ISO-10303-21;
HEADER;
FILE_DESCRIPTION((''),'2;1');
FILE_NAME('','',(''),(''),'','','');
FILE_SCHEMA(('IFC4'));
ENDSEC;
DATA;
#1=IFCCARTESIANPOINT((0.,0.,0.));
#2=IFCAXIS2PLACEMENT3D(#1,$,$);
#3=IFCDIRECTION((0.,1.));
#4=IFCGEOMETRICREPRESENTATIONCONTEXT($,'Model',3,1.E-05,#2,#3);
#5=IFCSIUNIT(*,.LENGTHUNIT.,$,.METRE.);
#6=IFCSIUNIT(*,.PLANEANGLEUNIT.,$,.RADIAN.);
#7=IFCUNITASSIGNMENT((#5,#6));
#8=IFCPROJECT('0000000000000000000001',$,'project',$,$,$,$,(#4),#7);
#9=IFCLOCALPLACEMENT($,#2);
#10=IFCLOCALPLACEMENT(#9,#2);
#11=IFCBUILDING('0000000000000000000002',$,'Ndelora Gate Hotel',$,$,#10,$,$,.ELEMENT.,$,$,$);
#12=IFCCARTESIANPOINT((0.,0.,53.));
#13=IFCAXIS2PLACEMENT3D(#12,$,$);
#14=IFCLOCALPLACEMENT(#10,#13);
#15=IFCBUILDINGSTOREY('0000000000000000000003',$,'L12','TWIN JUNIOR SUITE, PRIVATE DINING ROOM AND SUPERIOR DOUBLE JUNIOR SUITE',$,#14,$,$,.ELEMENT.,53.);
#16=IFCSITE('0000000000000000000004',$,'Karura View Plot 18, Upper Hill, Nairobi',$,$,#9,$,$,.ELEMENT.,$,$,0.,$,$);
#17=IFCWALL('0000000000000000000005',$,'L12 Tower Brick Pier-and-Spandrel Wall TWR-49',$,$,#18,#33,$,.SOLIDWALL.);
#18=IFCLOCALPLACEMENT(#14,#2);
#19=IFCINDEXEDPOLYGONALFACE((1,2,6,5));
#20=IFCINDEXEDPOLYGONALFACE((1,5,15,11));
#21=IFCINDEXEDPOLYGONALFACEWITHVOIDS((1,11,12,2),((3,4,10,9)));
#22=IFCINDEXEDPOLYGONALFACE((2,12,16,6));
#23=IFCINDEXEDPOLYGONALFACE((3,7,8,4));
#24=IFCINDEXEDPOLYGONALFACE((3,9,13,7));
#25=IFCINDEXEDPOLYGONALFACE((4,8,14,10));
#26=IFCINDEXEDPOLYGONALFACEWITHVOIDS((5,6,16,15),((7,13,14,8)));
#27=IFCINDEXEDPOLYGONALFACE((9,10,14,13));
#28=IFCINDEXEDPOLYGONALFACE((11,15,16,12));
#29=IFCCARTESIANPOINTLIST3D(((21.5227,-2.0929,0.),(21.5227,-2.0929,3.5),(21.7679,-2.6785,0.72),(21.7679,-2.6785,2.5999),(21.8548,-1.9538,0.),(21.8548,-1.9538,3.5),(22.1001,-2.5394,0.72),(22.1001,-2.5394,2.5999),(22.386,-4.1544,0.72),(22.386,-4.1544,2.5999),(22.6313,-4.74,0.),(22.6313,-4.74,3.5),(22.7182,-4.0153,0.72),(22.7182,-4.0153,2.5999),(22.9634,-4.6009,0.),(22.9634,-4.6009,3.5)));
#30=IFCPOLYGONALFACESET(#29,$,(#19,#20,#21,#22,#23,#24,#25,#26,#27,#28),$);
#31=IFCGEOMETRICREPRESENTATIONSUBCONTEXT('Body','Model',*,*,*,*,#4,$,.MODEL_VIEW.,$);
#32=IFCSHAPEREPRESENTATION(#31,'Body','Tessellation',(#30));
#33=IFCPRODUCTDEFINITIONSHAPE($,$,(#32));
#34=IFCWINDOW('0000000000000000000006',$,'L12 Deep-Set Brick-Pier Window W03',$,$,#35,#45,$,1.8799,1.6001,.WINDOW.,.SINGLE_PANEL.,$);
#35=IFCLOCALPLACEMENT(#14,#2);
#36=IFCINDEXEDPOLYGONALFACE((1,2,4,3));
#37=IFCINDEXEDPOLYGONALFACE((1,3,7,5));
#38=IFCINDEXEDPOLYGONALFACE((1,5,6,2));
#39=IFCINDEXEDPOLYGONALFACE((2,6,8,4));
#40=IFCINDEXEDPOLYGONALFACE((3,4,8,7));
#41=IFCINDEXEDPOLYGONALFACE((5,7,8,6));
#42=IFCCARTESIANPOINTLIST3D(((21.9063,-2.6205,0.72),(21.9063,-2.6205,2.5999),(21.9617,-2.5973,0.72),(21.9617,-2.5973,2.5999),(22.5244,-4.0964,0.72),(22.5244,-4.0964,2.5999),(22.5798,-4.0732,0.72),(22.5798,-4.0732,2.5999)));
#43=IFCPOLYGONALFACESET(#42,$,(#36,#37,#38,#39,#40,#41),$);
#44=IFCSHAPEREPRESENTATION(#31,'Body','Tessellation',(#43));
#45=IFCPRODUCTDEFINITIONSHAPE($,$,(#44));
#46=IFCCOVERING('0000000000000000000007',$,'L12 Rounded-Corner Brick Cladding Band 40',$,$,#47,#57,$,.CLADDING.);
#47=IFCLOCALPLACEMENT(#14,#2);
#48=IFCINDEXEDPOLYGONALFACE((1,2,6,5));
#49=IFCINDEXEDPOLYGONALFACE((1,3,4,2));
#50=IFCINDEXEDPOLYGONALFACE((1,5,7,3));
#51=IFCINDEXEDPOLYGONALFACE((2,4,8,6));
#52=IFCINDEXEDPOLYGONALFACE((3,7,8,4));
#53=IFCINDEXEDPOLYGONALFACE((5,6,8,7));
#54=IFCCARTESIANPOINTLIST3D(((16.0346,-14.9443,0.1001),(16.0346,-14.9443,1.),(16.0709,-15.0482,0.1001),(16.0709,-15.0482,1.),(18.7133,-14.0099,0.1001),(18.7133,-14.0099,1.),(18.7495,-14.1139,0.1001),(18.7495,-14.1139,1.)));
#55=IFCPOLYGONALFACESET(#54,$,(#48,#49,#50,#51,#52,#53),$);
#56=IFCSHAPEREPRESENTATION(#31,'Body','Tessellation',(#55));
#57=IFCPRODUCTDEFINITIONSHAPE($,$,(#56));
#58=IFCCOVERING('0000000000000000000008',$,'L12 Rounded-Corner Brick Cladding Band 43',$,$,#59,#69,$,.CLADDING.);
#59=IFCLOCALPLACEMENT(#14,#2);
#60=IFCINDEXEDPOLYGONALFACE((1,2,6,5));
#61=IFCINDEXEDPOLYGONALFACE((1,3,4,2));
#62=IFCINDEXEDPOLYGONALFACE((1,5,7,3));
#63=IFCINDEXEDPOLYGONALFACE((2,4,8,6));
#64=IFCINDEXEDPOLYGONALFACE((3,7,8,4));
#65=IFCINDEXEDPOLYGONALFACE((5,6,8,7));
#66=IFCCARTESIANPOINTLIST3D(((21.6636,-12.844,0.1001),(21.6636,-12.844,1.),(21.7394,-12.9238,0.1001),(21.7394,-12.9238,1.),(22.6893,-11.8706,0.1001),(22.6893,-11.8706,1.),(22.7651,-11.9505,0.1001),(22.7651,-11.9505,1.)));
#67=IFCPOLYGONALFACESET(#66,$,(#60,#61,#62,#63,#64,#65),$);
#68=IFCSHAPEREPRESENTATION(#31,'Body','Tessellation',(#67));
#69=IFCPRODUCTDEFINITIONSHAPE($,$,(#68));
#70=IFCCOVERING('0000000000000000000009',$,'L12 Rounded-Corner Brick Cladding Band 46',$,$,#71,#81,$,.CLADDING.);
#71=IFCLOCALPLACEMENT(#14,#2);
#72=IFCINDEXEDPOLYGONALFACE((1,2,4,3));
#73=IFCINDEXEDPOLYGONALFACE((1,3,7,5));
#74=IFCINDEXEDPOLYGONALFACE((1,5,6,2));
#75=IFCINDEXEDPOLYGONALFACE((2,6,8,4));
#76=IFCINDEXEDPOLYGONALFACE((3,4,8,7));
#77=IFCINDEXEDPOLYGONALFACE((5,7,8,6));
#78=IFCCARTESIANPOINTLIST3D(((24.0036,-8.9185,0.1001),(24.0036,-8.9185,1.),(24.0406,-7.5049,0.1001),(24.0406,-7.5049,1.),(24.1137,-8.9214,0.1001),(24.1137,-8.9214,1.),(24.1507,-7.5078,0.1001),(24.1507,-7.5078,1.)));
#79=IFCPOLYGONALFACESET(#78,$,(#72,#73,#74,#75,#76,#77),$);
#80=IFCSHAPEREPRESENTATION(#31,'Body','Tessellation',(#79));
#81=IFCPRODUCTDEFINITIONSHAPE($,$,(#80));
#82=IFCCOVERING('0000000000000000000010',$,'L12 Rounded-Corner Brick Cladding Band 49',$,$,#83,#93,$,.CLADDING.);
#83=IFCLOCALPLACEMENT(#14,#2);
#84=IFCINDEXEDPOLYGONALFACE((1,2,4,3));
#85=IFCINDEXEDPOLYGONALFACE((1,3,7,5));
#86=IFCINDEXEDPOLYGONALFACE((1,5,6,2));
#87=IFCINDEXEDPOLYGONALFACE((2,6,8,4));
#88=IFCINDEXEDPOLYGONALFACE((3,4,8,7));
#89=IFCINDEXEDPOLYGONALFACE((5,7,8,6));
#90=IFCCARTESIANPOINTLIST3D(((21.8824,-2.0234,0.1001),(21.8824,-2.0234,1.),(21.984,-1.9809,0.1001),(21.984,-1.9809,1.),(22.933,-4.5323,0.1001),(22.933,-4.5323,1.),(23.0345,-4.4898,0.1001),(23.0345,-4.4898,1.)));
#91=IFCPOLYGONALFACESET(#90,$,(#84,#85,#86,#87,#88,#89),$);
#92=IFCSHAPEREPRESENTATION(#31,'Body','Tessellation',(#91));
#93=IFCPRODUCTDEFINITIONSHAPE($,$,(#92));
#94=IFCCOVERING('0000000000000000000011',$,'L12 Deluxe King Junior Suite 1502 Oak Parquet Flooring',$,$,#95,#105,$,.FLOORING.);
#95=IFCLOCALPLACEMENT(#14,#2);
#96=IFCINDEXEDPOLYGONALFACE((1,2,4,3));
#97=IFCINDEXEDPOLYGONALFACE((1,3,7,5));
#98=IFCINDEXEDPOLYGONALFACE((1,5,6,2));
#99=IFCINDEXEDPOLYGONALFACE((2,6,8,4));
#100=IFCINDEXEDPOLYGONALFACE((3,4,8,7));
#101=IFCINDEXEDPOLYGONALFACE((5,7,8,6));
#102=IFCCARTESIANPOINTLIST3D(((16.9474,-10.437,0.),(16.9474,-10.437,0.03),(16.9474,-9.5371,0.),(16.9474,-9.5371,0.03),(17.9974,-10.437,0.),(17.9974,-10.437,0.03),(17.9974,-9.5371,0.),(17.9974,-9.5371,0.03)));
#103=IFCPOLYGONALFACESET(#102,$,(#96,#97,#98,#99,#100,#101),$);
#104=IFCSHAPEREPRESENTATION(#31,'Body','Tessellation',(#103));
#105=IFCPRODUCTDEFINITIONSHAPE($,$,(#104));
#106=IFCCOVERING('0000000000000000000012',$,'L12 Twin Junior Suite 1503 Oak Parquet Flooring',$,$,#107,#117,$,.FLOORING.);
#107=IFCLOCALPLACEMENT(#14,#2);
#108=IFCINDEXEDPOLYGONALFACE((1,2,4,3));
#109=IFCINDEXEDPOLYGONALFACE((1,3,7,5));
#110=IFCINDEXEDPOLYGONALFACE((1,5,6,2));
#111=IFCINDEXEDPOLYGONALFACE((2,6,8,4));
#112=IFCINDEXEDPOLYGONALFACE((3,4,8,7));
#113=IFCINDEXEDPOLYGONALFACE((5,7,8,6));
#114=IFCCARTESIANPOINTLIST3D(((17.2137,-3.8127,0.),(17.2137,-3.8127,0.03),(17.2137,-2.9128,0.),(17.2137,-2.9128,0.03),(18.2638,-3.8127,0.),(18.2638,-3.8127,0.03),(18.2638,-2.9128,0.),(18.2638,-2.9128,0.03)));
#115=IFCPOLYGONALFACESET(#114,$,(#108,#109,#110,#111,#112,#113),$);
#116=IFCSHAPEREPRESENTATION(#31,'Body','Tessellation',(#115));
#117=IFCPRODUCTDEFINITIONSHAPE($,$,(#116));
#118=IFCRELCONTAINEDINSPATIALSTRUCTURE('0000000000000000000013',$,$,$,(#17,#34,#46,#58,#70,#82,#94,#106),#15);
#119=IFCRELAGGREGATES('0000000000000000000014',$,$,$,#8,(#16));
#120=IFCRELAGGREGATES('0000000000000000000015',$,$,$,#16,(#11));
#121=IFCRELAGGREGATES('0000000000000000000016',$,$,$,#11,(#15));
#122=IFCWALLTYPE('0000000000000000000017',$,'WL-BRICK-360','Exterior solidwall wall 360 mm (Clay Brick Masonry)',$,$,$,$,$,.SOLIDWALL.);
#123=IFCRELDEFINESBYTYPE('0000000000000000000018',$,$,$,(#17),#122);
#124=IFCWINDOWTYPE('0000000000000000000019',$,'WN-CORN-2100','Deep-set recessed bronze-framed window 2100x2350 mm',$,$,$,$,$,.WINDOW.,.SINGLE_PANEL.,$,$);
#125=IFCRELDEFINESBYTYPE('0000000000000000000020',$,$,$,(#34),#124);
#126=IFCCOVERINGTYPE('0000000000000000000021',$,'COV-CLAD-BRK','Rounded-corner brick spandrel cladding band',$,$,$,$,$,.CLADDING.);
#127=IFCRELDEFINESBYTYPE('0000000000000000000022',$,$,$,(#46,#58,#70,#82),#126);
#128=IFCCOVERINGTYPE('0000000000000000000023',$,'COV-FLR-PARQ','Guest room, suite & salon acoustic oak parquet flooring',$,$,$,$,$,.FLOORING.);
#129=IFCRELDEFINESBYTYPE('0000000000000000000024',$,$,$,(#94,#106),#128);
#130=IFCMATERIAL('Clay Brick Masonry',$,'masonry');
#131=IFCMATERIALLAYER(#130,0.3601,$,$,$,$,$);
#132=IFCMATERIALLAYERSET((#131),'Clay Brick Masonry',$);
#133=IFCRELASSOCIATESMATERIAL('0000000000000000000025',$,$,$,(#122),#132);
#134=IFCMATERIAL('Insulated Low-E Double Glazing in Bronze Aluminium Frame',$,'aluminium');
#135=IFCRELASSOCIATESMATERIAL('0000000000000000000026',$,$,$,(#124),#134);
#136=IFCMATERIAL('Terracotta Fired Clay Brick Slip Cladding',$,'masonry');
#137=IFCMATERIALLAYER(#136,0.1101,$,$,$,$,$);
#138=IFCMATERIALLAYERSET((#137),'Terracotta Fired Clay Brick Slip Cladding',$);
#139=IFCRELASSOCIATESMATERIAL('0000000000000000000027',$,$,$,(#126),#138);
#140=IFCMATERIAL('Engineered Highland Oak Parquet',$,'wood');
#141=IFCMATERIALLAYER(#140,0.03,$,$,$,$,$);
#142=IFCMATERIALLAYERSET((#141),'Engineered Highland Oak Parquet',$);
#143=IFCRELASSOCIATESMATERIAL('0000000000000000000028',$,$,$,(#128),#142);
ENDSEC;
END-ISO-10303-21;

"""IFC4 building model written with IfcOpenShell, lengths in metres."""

from ifc_helpers import new_model, si_unit, direction, frame, frame_2d, origin, origin_2d, place, context, subcontext, project, spatial, rectangle, extrude, material, layer, layer_set, type_object, element, fill, save


model = new_model("IFC4")

# Units and contexts
model_context = context("Model", 3, precision=1e-05, world=origin(), true_north=direction((0.0, 1.0)))
body_context = subcontext(model_context, "Body", "Model", "MODEL_VIEW")
ifc_project = project(units=[si_unit("LENGTHUNIT", "METRE"), si_unit("PLANEANGLEUNIT", "RADIAN")], contexts=[model_context])

# Site, building, storey
site_placement = place(None, origin())
site = spatial("IfcSite", under=ifc_project, at=site_placement, Name="Karura View Plot 18, Upper Hill, Nairobi", CompositionType="ELEMENT", RefElevation=0.0)
building_placement = place(site_placement, origin())
building = spatial("IfcBuilding", under=site, at=building_placement, Name="Ndelora Gate Hotel", CompositionType="ELEMENT")
storey_placement = place(building_placement, frame((0.0, 0.0, 53.0)))
storey = spatial("IfcBuildingStorey", under=building, at=storey_placement, Name="L12", Description="TWIN JUNIOR SUITE, PRIVATE DINING ROOM AND SUPERIOR DOUBLE JUNIOR SUITE", CompositionType="ELEMENT", Elevation=53.0)

# Shared definitions
ifc_material_1 = material(Name="Clay Brick Masonry", Category="masonry")
ifc_layer_1 = layer(ifc_material_1, 0.3601)
ifc_layer_set_1 = layer_set([ifc_layer_1], Name="Clay Brick Masonry")
wall_type = type_object("IfcWallType", Name="WL-BRICK-360", Description="Exterior solidwall wall 360 mm (Clay Brick Masonry)", PredefinedType="SOLIDWALL", material=ifc_layer_set_1)
ifc_material_2 = material(Name="Insulated Low-E Double Glazing in Bronze Aluminium Frame", Category="aluminium")

# Wall, opening, window
wall_1_placement = place(storey_placement, frame((21.6887, -2.0232, 0.0), z_axis=(0.0, 0.0, 1.0), x_axis=(0.386288, -0.922378, 0.0)))
wall_1 = element("IfcWall", 1, at=wall_1_placement, inside=storey, type_object=wall_type, Name="L12 Tower Brick Pier-and-Spandrel Wall TWR-49", PredefinedType="SOLIDWALL", context=body_context, shape_type="SweptSolid", body=[
    extrude(rectangle(XDim=2.8699, YDim=0.3601, at=frame_2d((1.4351, 0.0))), origin(), (0.0, 0.0, 1.0), 3.5),
])
opening_1_placement = place(wall_1_placement, frame((0.635, 0.0, 0.72)))
opening_1 = element("IfcOpeningElement", 2, at=opening_1_placement, cuts=wall_1, PredefinedType="OPENING", context=body_context, shape_type="SweptSolid", body=[
    extrude(rectangle(XDim=1.6001, YDim=1.8799, at=frame_2d((0.8, 0.9399))), frame((0.0, 0.1899, 0.0), z_axis=(0.0, -1.0, 0.0), x_axis=(1.0, 0.0, 0.0)), (0.0, 0.0, 1.0), 0.3801),
])
window_type_1 = type_object("IfcWindowType", Name="WN-CORN-2100", Description="Deep-set recessed bronze-framed window 2100x2350 mm", PartitioningType="SINGLE_PANEL", PredefinedType="WINDOW", material=ifc_material_2)
window_1_placement = place(opening_1_placement, origin())
window_1 = element("IfcWindow", 3, at=window_1_placement, inside=storey, type_object=window_type_1, Name="L12 Deep-Set Brick-Pier Window W03", OverallHeight=1.8799, OverallWidth=1.6001, PartitioningType="SINGLE_PANEL", PredefinedType="WINDOW", context=body_context, shape_type="SweptSolid", body=[
    extrude(rectangle(XDim=1.6001, YDim=1.8799, at=frame_2d((0.8, 0.9399))), frame((0.0, 0.03, 0.0), z_axis=(0.0, -1.0, 0.0), x_axis=(1.0, 0.0, 0.0)), (0.0, 0.0, 1.0), 0.0601),
])
fill(opening_1, window_1)

# Coverings
ifc_material_3 = material(Name="Terracotta Fired Clay Brick Slip Cladding", Category="masonry")
ifc_layer_2 = layer(ifc_material_3, 0.1101)
ifc_layer_set_2 = layer_set([ifc_layer_2], Name="Terracotta Fired Clay Brick Slip Cladding")
covering_type_1 = type_object("IfcCoveringType", Name="COV-CLAD-BRK", Description="Rounded-corner brick spandrel cladding band", PredefinedType="CLADDING", material=ifc_layer_set_2)
covering_1_placement = place(storey_placement, frame((17.3921, -14.5291, 0.1001), z_axis=(0.0, 0.0, 1.0), x_axis=(0.944204, 0.329361, 0.0)))
element("IfcCovering", 4, at=covering_1_placement, inside=storey, type_object=covering_type_1, Name="L12 Rounded-Corner Brick Cladding Band 40", PredefinedType="CLADDING", context=body_context, shape_type="SweptSolid", body=[
    extrude(rectangle(XDim=2.8369, YDim=0.1101, at=origin_2d()), origin(), (0.0, 0.0, 1.0), 0.8999),
])
for number, where, z_axis, x_axis, name in (
    (5, (22.2144, -12.3972, 0.1001), (0.0, 0.0, 1.0), (0.725374, 0.688355, 0.0), "L12 Rounded-Corner Brick Cladding Band 43"),
    (6, (24.0771, -8.2131, 0.1001), (0.0, 0.0, 1.0), (0.026177, 0.999657, 0.0), "L12 Rounded-Corner Brick Cladding Band 46"),
):
    element("IfcCovering", number, at=place(storey_placement, frame(where, z_axis=z_axis, x_axis=x_axis)), inside=storey, type_object=covering_type_1, Name=name, PredefinedType="CLADDING", context=body_context, shape_type="SweptSolid", body=[
        extrude(rectangle(XDim=1.4141, YDim=0.1101, at=origin_2d()), origin(), (0.0, 0.0, 1.0), 0.8999),
    ])
covering_2_placement = place(storey_placement, frame((22.4585, -3.2566, 0.1001), z_axis=(0.0, 0.0, 1.0), x_axis=(-0.386228, 0.922403, 0.0)))
element("IfcCovering", 7, at=covering_2_placement, inside=storey, type_object=covering_type_1, Name="L12 Rounded-Corner Brick Cladding Band 49", PredefinedType="CLADDING", context=body_context, shape_type="SweptSolid", body=[
    extrude(rectangle(XDim=2.72, YDim=0.1101, at=origin_2d()), origin(), (0.0, 0.0, 1.0), 0.8999),
])
ifc_material_4 = material(Name="Engineered Highland Oak Parquet", Category="wood")
ifc_layer_3 = layer(ifc_material_4, 0.03)
ifc_layer_set_3 = layer_set([ifc_layer_3], Name="Engineered Highland Oak Parquet")
covering_type_2 = type_object("IfcCoveringType", Name="COV-FLR-PARQ", Description="Guest room, suite & salon acoustic oak parquet flooring", PredefinedType="FLOORING", material=ifc_layer_set_3)
for number, where, z_axis, x_axis, name in (
    (8, (17.4724, -9.9871, 0.0), (0.0, 0.0, 1.0), (1.0, 0.0, 0.0), "L12 Deluxe King Junior Suite 1502 Oak Parquet Flooring"),
    (9, (17.7388, -3.3628, 0.0), (0.0, 0.0, 1.0), (1.0, 0.0, 0.0), "L12 Twin Junior Suite 1503 Oak Parquet Flooring"),
):
    element("IfcCovering", number, at=place(storey_placement, frame(where, z_axis=z_axis, x_axis=x_axis)), inside=storey, type_object=covering_type_2, Name=name, PredefinedType="FLOORING", context=body_context, shape_type="SweptSolid", body=[
        extrude(rectangle(XDim=1.05, YDim=0.8999, at=origin_2d()), origin(), (0.0, 0.0, 1.0), 0.03),
    ])

save(model, "model.ifc")
